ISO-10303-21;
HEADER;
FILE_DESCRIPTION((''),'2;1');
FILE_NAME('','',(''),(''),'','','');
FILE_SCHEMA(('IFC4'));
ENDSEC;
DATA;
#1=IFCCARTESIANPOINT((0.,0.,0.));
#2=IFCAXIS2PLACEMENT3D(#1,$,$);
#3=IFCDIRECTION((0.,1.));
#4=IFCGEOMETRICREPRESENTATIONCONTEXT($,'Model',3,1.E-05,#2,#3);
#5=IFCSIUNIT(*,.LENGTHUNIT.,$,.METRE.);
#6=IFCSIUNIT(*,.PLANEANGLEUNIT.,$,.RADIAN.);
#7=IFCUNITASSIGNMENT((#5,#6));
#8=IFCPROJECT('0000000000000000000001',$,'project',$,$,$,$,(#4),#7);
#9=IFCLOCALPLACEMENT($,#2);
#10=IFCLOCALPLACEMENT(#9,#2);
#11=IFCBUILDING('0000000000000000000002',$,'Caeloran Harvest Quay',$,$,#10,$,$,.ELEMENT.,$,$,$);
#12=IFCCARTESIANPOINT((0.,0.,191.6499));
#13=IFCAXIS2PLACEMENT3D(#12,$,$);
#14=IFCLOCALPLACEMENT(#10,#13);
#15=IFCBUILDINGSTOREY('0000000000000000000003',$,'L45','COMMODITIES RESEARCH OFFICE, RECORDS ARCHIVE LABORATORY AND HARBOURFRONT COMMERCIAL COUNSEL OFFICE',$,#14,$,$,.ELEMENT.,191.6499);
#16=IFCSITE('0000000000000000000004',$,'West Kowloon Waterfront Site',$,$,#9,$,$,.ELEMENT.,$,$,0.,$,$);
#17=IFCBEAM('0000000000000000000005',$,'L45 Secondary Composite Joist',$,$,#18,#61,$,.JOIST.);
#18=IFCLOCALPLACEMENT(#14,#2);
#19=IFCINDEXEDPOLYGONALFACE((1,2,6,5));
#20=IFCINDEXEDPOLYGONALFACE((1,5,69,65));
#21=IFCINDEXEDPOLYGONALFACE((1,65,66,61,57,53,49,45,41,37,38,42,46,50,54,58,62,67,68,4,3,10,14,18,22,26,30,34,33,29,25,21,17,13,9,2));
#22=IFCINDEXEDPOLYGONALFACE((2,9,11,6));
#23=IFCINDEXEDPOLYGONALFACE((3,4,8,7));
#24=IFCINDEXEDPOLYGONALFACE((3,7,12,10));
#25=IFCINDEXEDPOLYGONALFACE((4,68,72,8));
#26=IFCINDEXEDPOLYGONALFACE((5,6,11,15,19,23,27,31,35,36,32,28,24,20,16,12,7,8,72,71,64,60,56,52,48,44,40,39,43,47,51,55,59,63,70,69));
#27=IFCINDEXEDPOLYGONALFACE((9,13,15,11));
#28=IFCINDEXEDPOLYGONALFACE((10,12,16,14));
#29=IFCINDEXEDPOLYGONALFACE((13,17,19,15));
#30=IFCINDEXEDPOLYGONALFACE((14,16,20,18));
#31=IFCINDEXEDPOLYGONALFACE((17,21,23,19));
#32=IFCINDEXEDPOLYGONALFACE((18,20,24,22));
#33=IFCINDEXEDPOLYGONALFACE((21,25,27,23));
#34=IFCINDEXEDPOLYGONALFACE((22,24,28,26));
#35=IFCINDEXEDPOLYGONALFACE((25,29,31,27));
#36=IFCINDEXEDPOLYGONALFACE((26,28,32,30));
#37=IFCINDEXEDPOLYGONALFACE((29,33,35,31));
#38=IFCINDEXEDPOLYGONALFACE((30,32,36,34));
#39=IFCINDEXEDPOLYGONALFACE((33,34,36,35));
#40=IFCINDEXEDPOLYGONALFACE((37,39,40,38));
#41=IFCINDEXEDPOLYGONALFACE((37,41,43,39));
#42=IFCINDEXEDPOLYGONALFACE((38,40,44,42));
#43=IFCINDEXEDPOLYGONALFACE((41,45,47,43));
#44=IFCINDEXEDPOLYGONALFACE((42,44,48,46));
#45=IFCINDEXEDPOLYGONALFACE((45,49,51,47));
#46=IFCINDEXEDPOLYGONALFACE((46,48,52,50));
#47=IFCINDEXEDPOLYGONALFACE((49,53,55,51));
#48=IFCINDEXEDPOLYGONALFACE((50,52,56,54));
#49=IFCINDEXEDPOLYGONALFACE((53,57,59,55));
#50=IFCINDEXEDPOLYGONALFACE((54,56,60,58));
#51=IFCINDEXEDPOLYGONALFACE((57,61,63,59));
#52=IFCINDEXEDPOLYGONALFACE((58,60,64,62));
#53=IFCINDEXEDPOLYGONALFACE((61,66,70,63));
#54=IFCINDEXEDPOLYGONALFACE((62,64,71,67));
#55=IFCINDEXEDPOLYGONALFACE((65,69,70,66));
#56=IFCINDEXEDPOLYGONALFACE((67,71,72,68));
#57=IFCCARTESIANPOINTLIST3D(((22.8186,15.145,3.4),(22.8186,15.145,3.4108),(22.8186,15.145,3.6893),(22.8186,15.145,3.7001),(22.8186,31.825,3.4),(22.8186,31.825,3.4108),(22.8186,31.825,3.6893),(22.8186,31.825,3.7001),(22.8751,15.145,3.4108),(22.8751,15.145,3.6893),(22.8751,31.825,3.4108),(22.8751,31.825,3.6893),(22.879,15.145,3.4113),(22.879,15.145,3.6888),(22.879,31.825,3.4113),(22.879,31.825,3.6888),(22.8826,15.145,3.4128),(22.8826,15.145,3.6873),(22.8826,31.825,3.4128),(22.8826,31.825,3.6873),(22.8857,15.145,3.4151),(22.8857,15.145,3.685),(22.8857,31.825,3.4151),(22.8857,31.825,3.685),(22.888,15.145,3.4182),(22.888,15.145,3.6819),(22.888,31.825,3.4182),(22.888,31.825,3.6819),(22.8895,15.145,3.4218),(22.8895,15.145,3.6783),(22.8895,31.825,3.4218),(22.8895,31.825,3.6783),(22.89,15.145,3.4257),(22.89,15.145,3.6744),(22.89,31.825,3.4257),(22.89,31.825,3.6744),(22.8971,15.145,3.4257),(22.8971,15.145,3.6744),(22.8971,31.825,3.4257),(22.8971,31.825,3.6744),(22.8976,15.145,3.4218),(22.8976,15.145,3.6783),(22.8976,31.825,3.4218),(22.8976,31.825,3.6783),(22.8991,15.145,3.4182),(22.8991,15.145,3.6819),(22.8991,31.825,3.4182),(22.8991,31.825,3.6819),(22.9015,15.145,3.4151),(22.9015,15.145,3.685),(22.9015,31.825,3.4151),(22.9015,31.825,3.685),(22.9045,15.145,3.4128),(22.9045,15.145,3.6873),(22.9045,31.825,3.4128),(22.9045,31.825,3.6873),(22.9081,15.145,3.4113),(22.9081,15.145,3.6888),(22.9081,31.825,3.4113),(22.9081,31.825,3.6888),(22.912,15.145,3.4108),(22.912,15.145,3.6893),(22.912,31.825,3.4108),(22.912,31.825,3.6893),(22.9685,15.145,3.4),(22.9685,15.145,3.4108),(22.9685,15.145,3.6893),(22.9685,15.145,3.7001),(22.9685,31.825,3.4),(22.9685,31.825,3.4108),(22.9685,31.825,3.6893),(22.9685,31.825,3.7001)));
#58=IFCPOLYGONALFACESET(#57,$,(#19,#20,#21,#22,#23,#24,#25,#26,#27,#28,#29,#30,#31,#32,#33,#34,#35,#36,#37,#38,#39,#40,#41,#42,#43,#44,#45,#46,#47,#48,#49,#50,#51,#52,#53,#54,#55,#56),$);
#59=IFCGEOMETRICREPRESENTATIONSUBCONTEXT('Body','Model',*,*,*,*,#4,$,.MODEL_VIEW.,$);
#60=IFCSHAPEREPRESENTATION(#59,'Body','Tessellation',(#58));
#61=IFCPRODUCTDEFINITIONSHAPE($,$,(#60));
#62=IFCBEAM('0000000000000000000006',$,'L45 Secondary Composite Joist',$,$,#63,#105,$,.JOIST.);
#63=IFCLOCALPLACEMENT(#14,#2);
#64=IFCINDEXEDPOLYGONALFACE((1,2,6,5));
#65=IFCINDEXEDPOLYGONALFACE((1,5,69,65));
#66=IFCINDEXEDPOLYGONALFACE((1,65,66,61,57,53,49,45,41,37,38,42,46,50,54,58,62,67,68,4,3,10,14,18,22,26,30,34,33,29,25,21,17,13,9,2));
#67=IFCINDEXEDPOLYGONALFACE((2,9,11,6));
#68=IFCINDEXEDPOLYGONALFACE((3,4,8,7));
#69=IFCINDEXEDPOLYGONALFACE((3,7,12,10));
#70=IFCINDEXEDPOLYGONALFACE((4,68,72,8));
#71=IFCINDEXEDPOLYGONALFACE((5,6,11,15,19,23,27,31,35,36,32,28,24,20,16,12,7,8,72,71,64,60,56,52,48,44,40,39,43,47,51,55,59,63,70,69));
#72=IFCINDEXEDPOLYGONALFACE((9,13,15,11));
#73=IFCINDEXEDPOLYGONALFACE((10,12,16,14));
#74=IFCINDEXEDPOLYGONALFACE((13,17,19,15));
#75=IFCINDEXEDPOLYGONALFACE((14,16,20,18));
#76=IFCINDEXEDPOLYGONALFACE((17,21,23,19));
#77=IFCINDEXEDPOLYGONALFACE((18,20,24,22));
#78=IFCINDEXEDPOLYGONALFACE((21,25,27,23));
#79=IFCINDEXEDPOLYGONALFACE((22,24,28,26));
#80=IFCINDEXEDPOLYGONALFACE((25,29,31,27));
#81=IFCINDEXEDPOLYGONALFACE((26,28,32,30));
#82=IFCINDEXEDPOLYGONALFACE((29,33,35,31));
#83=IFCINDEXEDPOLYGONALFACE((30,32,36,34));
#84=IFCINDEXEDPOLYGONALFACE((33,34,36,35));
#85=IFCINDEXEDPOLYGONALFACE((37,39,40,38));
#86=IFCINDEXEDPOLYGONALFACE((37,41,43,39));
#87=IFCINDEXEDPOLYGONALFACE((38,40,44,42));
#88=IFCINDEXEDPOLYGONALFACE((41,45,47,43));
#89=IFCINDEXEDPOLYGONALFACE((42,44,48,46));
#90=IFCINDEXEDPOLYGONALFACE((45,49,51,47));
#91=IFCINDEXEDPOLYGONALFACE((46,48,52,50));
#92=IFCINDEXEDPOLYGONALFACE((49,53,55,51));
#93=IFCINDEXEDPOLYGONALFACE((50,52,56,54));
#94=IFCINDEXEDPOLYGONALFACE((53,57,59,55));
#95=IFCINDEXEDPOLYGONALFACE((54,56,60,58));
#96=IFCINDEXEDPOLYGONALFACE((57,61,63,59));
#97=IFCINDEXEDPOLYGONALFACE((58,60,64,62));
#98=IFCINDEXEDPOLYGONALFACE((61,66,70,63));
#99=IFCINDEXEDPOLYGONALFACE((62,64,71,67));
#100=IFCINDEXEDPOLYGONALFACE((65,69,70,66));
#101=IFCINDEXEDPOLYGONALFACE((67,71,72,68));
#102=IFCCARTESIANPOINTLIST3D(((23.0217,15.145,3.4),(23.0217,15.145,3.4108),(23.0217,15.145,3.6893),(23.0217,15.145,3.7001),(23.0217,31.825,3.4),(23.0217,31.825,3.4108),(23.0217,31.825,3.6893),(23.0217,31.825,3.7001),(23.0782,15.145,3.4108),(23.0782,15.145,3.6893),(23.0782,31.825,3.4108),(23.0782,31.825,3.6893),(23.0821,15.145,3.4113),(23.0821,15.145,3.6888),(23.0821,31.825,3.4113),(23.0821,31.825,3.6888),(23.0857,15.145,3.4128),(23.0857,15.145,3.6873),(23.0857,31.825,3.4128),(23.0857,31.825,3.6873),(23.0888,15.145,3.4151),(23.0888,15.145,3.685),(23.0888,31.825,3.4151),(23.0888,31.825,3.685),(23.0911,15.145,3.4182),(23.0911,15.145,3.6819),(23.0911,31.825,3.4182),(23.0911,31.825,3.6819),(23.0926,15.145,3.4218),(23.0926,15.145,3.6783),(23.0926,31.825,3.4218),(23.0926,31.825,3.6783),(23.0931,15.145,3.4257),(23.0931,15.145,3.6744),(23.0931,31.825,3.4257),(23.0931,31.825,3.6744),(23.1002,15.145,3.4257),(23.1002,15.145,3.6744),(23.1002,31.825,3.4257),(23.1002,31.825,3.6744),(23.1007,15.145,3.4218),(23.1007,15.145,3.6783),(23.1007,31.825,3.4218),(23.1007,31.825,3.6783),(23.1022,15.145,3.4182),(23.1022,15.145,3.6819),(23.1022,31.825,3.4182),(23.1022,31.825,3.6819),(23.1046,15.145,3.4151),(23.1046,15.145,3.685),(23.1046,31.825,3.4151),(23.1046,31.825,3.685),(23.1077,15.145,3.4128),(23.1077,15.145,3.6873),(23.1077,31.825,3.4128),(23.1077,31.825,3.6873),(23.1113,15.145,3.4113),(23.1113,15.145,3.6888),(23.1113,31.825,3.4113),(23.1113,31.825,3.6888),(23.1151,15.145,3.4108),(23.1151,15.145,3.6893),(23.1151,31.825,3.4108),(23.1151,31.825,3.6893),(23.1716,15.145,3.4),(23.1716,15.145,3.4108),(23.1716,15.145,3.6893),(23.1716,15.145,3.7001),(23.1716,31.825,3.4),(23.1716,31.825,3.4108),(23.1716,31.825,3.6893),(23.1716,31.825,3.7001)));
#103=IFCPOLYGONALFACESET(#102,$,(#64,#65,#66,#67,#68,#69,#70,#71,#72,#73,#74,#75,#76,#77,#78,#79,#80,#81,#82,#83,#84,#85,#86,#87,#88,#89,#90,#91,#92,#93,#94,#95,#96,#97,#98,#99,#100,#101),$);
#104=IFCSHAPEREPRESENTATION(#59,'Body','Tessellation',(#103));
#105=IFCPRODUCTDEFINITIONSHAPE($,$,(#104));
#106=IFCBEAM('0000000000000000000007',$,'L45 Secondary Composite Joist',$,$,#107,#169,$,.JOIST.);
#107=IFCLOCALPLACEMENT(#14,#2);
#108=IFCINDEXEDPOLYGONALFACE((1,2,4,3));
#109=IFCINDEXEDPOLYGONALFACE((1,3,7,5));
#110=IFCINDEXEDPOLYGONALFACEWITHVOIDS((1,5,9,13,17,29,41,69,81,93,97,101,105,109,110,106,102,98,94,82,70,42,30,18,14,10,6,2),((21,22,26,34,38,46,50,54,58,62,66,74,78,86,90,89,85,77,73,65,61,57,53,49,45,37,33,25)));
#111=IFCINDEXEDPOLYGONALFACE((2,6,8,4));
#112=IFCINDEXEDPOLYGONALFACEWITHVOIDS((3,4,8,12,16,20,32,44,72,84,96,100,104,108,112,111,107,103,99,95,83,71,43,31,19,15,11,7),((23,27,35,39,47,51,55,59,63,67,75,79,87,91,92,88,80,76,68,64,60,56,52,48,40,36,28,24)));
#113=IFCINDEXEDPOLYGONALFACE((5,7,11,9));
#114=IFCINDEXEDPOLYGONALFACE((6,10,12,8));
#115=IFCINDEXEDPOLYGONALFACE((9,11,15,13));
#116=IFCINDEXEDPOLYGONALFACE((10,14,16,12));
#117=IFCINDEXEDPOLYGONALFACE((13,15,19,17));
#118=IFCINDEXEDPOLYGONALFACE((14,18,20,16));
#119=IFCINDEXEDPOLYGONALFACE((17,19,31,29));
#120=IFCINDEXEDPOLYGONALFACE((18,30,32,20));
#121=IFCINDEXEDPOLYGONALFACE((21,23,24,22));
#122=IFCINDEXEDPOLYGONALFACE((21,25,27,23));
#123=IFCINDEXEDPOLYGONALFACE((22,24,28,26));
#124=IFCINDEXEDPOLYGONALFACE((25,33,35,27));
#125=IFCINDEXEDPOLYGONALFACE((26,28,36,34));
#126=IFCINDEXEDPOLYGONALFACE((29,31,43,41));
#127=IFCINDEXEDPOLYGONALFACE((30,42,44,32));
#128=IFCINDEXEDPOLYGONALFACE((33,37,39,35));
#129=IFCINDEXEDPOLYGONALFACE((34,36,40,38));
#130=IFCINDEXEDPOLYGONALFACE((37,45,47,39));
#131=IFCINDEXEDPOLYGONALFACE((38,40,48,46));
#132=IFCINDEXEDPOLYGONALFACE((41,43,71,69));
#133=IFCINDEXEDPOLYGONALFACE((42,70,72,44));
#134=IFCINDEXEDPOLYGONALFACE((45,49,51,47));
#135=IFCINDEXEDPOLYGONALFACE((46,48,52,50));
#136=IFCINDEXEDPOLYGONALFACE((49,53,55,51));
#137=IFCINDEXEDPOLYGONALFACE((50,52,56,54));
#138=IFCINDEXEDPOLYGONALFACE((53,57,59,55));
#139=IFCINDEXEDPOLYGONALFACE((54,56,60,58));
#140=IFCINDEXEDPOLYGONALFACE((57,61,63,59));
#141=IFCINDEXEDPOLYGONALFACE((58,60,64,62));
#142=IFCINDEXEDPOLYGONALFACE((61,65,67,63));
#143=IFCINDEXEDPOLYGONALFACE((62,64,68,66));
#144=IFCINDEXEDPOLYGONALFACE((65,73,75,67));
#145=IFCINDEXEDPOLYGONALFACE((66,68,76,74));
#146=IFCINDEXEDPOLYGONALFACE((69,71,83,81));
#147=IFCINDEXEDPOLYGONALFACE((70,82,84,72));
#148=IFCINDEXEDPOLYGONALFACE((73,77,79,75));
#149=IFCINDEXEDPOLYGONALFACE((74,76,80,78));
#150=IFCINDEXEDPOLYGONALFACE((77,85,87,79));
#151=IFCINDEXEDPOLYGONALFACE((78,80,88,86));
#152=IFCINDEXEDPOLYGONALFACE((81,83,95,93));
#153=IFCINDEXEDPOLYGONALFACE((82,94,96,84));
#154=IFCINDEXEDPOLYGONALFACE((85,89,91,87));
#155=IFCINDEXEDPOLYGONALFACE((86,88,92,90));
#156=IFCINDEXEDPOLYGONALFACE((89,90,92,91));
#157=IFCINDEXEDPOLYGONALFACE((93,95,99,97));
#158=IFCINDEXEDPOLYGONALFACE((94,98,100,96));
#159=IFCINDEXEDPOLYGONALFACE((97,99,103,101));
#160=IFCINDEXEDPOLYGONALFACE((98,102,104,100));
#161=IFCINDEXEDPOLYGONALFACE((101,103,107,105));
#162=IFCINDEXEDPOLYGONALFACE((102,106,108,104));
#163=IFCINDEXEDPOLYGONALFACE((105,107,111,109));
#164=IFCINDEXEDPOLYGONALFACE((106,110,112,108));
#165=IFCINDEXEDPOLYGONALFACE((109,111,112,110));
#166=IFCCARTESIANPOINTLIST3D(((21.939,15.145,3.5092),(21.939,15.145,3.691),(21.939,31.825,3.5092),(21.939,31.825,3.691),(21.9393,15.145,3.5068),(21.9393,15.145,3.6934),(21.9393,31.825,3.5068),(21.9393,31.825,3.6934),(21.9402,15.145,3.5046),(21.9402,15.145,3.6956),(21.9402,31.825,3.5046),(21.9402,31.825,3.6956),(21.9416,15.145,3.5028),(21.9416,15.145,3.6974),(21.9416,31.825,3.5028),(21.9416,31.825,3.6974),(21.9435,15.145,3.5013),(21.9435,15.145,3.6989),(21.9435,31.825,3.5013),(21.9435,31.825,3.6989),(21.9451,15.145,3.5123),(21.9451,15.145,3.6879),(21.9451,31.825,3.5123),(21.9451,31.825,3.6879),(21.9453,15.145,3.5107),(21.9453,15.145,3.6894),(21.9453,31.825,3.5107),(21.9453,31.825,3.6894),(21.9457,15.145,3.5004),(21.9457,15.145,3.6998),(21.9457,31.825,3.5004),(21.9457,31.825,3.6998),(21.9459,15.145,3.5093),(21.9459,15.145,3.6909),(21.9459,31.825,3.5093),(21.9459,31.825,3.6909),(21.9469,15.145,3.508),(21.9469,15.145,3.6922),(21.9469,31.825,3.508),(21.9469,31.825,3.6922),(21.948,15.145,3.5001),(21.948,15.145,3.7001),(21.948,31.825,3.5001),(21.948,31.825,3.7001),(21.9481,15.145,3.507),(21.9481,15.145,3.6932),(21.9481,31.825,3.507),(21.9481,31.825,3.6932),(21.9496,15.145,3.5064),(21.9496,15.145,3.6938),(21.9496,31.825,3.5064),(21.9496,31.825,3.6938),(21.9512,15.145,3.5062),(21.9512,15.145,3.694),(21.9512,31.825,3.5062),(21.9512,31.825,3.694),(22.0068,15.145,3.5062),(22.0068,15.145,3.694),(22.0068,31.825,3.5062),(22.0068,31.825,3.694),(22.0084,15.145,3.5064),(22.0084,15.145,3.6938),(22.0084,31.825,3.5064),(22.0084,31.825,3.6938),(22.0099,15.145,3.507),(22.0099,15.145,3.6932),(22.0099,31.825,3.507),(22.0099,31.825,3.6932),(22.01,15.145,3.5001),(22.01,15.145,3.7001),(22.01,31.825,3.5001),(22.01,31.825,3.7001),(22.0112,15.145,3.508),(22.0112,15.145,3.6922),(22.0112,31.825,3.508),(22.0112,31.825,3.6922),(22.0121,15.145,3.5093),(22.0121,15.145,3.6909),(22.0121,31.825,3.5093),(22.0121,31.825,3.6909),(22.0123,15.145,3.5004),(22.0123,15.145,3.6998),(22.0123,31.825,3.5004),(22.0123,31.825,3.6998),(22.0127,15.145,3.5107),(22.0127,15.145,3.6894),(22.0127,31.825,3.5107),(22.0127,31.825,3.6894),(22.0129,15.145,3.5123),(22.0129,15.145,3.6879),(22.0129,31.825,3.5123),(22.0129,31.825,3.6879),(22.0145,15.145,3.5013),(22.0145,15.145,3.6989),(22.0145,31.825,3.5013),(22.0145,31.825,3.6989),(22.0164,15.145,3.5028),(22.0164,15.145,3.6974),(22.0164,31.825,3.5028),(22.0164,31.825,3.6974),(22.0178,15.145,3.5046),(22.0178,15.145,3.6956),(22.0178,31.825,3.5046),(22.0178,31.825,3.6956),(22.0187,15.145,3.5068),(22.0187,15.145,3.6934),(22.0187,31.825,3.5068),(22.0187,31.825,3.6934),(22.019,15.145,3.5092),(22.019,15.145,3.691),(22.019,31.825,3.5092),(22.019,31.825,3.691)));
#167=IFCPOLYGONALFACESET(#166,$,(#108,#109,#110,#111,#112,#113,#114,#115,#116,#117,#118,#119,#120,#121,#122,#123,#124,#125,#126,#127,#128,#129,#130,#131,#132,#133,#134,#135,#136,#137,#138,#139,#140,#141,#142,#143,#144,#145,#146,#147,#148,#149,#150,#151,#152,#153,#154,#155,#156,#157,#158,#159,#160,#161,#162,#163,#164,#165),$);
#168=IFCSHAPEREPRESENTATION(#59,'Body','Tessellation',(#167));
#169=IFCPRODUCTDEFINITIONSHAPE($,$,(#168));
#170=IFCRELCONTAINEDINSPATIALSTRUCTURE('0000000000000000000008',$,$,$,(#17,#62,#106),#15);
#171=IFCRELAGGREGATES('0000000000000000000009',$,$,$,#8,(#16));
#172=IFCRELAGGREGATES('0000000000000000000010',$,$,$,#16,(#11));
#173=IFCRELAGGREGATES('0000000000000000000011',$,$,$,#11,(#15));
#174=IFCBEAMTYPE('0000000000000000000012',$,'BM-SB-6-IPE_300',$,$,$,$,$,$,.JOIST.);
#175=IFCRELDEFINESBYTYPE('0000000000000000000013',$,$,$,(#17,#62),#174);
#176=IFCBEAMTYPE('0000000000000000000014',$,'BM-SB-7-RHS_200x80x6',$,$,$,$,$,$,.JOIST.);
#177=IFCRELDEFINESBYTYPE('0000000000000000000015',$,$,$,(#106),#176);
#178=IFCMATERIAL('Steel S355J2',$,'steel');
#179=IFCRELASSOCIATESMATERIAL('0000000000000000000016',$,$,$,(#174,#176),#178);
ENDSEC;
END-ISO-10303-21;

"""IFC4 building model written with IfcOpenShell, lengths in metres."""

from ifc_helpers import new_model, si_unit, direction, frame, origin, origin_2d, place, context, subcontext, project, spatial, hollow_rectangle, i_section, extrude, material, material_profile, profile_set, type_object, element, save


model = new_model("IFC4")

# Units and contexts
model_context = context("Model", 3, precision=1e-05, world=origin(), true_north=direction((0.0, 1.0)))
body_context = subcontext(model_context, "Body", "Model", "MODEL_VIEW")
ifc_project = project(units=[si_unit("LENGTHUNIT", "METRE"), si_unit("PLANEANGLEUNIT", "RADIAN")], contexts=[model_context])

# Site, building, storey
site_placement = place(None, origin())
site = spatial("IfcSite", under=ifc_project, at=site_placement, Name="West Kowloon Waterfront Site", CompositionType="ELEMENT", RefElevation=0.0)
building_placement = place(site_placement, origin())
building = spatial("IfcBuilding", under=site, at=building_placement, Name="Caeloran Harvest Quay", CompositionType="ELEMENT")
storey_placement = place(building_placement, frame((0.0, 0.0, 191.6499)))
storey = spatial("IfcBuildingStorey", under=building, at=storey_placement, Name="L45", Description="COMMODITIES RESEARCH OFFICE, RECORDS ARCHIVE LABORATORY AND HARBOURFRONT COMMERCIAL COUNSEL OFFICE", CompositionType="ELEMENT", Elevation=191.6499)

# Beams
ifc_material_1 = material(Name="Steel S355J2", Category="steel")
ifc_material_profile_1 = material_profile(ifc_material_1, i_section(OverallWidth=0.1499, OverallDepth=0.3, WebThickness=0.0071, FlangeThickness=0.0107, FilletRadius=0.0149, at=origin_2d()), Name="IPE 300")
ifc_profile_set_1 = profile_set([ifc_material_profile_1], Name="Steel S355J2")
beam_type_1 = type_object("IfcBeamType", Name="BM-SB-6-IPE_300", PredefinedType="JOIST", material=ifc_profile_set_1)
for number, where, z_axis, x_axis, name in (
    (1, (22.8936, 15.145, 3.55), (0.0, 1.0, 0.0), (-1.0, 0.0, 0.0), "L45 Secondary Composite Joist"),
    (2, (23.0967, 15.145, 3.55), (0.0, 1.0, 0.0), (-1.0, 0.0, 0.0), "L45 Secondary Composite Joist"),
):
    element("IfcBeam", number, at=place(storey_placement, frame(where, z_axis=z_axis, x_axis=x_axis)), inside=storey, type_object=beam_type_1, Name=name, PredefinedType="JOIST", context=body_context, shape_type="SweptSolid", body=[
        extrude(i_section(OverallWidth=0.1499, OverallDepth=0.3, WebThickness=0.0071, FlangeThickness=0.0107, FilletRadius=0.0149, at=origin_2d()), origin(), (0.0, 0.0, 1.0), 16.6799),
    ])
ifc_material_profile_2 = material_profile(ifc_material_1, hollow_rectangle(XDim=0.0801, YDim=0.2, WallThickness=0.0061, InnerFilletRadius=0.0061, OuterFilletRadius=0.009, at=origin_2d()), Name="RHS 200x80x6")
ifc_profile_set_2 = profile_set([ifc_material_profile_2], Name="Steel S355J2")
beam_type_2 = type_object("IfcBeamType", Name="BM-SB-7-RHS_200x80x6", PredefinedType="JOIST", material=ifc_profile_set_2)
for number, where, z_axis, x_axis, name in (
    (3, (21.979, 15.145, 3.6001), (0.0, 1.0, 0.0), (-1.0, 0.0, 0.0), "L45 Secondary Composite Joist"),
):
    element("IfcBeam", number, at=place(storey_placement, frame(where, z_axis=z_axis, x_axis=x_axis)), inside=storey, type_object=beam_type_2, Name=name, PredefinedType="JOIST", context=body_context, shape_type="SweptSolid", body=[
        extrude(hollow_rectangle(XDim=0.0801, YDim=0.2, WallThickness=0.0061, InnerFilletRadius=0.0061, OuterFilletRadius=0.009, at=origin_2d()), origin(), (0.0, 0.0, 1.0), 16.6799),
    ])

save(model, "model.ifc")
